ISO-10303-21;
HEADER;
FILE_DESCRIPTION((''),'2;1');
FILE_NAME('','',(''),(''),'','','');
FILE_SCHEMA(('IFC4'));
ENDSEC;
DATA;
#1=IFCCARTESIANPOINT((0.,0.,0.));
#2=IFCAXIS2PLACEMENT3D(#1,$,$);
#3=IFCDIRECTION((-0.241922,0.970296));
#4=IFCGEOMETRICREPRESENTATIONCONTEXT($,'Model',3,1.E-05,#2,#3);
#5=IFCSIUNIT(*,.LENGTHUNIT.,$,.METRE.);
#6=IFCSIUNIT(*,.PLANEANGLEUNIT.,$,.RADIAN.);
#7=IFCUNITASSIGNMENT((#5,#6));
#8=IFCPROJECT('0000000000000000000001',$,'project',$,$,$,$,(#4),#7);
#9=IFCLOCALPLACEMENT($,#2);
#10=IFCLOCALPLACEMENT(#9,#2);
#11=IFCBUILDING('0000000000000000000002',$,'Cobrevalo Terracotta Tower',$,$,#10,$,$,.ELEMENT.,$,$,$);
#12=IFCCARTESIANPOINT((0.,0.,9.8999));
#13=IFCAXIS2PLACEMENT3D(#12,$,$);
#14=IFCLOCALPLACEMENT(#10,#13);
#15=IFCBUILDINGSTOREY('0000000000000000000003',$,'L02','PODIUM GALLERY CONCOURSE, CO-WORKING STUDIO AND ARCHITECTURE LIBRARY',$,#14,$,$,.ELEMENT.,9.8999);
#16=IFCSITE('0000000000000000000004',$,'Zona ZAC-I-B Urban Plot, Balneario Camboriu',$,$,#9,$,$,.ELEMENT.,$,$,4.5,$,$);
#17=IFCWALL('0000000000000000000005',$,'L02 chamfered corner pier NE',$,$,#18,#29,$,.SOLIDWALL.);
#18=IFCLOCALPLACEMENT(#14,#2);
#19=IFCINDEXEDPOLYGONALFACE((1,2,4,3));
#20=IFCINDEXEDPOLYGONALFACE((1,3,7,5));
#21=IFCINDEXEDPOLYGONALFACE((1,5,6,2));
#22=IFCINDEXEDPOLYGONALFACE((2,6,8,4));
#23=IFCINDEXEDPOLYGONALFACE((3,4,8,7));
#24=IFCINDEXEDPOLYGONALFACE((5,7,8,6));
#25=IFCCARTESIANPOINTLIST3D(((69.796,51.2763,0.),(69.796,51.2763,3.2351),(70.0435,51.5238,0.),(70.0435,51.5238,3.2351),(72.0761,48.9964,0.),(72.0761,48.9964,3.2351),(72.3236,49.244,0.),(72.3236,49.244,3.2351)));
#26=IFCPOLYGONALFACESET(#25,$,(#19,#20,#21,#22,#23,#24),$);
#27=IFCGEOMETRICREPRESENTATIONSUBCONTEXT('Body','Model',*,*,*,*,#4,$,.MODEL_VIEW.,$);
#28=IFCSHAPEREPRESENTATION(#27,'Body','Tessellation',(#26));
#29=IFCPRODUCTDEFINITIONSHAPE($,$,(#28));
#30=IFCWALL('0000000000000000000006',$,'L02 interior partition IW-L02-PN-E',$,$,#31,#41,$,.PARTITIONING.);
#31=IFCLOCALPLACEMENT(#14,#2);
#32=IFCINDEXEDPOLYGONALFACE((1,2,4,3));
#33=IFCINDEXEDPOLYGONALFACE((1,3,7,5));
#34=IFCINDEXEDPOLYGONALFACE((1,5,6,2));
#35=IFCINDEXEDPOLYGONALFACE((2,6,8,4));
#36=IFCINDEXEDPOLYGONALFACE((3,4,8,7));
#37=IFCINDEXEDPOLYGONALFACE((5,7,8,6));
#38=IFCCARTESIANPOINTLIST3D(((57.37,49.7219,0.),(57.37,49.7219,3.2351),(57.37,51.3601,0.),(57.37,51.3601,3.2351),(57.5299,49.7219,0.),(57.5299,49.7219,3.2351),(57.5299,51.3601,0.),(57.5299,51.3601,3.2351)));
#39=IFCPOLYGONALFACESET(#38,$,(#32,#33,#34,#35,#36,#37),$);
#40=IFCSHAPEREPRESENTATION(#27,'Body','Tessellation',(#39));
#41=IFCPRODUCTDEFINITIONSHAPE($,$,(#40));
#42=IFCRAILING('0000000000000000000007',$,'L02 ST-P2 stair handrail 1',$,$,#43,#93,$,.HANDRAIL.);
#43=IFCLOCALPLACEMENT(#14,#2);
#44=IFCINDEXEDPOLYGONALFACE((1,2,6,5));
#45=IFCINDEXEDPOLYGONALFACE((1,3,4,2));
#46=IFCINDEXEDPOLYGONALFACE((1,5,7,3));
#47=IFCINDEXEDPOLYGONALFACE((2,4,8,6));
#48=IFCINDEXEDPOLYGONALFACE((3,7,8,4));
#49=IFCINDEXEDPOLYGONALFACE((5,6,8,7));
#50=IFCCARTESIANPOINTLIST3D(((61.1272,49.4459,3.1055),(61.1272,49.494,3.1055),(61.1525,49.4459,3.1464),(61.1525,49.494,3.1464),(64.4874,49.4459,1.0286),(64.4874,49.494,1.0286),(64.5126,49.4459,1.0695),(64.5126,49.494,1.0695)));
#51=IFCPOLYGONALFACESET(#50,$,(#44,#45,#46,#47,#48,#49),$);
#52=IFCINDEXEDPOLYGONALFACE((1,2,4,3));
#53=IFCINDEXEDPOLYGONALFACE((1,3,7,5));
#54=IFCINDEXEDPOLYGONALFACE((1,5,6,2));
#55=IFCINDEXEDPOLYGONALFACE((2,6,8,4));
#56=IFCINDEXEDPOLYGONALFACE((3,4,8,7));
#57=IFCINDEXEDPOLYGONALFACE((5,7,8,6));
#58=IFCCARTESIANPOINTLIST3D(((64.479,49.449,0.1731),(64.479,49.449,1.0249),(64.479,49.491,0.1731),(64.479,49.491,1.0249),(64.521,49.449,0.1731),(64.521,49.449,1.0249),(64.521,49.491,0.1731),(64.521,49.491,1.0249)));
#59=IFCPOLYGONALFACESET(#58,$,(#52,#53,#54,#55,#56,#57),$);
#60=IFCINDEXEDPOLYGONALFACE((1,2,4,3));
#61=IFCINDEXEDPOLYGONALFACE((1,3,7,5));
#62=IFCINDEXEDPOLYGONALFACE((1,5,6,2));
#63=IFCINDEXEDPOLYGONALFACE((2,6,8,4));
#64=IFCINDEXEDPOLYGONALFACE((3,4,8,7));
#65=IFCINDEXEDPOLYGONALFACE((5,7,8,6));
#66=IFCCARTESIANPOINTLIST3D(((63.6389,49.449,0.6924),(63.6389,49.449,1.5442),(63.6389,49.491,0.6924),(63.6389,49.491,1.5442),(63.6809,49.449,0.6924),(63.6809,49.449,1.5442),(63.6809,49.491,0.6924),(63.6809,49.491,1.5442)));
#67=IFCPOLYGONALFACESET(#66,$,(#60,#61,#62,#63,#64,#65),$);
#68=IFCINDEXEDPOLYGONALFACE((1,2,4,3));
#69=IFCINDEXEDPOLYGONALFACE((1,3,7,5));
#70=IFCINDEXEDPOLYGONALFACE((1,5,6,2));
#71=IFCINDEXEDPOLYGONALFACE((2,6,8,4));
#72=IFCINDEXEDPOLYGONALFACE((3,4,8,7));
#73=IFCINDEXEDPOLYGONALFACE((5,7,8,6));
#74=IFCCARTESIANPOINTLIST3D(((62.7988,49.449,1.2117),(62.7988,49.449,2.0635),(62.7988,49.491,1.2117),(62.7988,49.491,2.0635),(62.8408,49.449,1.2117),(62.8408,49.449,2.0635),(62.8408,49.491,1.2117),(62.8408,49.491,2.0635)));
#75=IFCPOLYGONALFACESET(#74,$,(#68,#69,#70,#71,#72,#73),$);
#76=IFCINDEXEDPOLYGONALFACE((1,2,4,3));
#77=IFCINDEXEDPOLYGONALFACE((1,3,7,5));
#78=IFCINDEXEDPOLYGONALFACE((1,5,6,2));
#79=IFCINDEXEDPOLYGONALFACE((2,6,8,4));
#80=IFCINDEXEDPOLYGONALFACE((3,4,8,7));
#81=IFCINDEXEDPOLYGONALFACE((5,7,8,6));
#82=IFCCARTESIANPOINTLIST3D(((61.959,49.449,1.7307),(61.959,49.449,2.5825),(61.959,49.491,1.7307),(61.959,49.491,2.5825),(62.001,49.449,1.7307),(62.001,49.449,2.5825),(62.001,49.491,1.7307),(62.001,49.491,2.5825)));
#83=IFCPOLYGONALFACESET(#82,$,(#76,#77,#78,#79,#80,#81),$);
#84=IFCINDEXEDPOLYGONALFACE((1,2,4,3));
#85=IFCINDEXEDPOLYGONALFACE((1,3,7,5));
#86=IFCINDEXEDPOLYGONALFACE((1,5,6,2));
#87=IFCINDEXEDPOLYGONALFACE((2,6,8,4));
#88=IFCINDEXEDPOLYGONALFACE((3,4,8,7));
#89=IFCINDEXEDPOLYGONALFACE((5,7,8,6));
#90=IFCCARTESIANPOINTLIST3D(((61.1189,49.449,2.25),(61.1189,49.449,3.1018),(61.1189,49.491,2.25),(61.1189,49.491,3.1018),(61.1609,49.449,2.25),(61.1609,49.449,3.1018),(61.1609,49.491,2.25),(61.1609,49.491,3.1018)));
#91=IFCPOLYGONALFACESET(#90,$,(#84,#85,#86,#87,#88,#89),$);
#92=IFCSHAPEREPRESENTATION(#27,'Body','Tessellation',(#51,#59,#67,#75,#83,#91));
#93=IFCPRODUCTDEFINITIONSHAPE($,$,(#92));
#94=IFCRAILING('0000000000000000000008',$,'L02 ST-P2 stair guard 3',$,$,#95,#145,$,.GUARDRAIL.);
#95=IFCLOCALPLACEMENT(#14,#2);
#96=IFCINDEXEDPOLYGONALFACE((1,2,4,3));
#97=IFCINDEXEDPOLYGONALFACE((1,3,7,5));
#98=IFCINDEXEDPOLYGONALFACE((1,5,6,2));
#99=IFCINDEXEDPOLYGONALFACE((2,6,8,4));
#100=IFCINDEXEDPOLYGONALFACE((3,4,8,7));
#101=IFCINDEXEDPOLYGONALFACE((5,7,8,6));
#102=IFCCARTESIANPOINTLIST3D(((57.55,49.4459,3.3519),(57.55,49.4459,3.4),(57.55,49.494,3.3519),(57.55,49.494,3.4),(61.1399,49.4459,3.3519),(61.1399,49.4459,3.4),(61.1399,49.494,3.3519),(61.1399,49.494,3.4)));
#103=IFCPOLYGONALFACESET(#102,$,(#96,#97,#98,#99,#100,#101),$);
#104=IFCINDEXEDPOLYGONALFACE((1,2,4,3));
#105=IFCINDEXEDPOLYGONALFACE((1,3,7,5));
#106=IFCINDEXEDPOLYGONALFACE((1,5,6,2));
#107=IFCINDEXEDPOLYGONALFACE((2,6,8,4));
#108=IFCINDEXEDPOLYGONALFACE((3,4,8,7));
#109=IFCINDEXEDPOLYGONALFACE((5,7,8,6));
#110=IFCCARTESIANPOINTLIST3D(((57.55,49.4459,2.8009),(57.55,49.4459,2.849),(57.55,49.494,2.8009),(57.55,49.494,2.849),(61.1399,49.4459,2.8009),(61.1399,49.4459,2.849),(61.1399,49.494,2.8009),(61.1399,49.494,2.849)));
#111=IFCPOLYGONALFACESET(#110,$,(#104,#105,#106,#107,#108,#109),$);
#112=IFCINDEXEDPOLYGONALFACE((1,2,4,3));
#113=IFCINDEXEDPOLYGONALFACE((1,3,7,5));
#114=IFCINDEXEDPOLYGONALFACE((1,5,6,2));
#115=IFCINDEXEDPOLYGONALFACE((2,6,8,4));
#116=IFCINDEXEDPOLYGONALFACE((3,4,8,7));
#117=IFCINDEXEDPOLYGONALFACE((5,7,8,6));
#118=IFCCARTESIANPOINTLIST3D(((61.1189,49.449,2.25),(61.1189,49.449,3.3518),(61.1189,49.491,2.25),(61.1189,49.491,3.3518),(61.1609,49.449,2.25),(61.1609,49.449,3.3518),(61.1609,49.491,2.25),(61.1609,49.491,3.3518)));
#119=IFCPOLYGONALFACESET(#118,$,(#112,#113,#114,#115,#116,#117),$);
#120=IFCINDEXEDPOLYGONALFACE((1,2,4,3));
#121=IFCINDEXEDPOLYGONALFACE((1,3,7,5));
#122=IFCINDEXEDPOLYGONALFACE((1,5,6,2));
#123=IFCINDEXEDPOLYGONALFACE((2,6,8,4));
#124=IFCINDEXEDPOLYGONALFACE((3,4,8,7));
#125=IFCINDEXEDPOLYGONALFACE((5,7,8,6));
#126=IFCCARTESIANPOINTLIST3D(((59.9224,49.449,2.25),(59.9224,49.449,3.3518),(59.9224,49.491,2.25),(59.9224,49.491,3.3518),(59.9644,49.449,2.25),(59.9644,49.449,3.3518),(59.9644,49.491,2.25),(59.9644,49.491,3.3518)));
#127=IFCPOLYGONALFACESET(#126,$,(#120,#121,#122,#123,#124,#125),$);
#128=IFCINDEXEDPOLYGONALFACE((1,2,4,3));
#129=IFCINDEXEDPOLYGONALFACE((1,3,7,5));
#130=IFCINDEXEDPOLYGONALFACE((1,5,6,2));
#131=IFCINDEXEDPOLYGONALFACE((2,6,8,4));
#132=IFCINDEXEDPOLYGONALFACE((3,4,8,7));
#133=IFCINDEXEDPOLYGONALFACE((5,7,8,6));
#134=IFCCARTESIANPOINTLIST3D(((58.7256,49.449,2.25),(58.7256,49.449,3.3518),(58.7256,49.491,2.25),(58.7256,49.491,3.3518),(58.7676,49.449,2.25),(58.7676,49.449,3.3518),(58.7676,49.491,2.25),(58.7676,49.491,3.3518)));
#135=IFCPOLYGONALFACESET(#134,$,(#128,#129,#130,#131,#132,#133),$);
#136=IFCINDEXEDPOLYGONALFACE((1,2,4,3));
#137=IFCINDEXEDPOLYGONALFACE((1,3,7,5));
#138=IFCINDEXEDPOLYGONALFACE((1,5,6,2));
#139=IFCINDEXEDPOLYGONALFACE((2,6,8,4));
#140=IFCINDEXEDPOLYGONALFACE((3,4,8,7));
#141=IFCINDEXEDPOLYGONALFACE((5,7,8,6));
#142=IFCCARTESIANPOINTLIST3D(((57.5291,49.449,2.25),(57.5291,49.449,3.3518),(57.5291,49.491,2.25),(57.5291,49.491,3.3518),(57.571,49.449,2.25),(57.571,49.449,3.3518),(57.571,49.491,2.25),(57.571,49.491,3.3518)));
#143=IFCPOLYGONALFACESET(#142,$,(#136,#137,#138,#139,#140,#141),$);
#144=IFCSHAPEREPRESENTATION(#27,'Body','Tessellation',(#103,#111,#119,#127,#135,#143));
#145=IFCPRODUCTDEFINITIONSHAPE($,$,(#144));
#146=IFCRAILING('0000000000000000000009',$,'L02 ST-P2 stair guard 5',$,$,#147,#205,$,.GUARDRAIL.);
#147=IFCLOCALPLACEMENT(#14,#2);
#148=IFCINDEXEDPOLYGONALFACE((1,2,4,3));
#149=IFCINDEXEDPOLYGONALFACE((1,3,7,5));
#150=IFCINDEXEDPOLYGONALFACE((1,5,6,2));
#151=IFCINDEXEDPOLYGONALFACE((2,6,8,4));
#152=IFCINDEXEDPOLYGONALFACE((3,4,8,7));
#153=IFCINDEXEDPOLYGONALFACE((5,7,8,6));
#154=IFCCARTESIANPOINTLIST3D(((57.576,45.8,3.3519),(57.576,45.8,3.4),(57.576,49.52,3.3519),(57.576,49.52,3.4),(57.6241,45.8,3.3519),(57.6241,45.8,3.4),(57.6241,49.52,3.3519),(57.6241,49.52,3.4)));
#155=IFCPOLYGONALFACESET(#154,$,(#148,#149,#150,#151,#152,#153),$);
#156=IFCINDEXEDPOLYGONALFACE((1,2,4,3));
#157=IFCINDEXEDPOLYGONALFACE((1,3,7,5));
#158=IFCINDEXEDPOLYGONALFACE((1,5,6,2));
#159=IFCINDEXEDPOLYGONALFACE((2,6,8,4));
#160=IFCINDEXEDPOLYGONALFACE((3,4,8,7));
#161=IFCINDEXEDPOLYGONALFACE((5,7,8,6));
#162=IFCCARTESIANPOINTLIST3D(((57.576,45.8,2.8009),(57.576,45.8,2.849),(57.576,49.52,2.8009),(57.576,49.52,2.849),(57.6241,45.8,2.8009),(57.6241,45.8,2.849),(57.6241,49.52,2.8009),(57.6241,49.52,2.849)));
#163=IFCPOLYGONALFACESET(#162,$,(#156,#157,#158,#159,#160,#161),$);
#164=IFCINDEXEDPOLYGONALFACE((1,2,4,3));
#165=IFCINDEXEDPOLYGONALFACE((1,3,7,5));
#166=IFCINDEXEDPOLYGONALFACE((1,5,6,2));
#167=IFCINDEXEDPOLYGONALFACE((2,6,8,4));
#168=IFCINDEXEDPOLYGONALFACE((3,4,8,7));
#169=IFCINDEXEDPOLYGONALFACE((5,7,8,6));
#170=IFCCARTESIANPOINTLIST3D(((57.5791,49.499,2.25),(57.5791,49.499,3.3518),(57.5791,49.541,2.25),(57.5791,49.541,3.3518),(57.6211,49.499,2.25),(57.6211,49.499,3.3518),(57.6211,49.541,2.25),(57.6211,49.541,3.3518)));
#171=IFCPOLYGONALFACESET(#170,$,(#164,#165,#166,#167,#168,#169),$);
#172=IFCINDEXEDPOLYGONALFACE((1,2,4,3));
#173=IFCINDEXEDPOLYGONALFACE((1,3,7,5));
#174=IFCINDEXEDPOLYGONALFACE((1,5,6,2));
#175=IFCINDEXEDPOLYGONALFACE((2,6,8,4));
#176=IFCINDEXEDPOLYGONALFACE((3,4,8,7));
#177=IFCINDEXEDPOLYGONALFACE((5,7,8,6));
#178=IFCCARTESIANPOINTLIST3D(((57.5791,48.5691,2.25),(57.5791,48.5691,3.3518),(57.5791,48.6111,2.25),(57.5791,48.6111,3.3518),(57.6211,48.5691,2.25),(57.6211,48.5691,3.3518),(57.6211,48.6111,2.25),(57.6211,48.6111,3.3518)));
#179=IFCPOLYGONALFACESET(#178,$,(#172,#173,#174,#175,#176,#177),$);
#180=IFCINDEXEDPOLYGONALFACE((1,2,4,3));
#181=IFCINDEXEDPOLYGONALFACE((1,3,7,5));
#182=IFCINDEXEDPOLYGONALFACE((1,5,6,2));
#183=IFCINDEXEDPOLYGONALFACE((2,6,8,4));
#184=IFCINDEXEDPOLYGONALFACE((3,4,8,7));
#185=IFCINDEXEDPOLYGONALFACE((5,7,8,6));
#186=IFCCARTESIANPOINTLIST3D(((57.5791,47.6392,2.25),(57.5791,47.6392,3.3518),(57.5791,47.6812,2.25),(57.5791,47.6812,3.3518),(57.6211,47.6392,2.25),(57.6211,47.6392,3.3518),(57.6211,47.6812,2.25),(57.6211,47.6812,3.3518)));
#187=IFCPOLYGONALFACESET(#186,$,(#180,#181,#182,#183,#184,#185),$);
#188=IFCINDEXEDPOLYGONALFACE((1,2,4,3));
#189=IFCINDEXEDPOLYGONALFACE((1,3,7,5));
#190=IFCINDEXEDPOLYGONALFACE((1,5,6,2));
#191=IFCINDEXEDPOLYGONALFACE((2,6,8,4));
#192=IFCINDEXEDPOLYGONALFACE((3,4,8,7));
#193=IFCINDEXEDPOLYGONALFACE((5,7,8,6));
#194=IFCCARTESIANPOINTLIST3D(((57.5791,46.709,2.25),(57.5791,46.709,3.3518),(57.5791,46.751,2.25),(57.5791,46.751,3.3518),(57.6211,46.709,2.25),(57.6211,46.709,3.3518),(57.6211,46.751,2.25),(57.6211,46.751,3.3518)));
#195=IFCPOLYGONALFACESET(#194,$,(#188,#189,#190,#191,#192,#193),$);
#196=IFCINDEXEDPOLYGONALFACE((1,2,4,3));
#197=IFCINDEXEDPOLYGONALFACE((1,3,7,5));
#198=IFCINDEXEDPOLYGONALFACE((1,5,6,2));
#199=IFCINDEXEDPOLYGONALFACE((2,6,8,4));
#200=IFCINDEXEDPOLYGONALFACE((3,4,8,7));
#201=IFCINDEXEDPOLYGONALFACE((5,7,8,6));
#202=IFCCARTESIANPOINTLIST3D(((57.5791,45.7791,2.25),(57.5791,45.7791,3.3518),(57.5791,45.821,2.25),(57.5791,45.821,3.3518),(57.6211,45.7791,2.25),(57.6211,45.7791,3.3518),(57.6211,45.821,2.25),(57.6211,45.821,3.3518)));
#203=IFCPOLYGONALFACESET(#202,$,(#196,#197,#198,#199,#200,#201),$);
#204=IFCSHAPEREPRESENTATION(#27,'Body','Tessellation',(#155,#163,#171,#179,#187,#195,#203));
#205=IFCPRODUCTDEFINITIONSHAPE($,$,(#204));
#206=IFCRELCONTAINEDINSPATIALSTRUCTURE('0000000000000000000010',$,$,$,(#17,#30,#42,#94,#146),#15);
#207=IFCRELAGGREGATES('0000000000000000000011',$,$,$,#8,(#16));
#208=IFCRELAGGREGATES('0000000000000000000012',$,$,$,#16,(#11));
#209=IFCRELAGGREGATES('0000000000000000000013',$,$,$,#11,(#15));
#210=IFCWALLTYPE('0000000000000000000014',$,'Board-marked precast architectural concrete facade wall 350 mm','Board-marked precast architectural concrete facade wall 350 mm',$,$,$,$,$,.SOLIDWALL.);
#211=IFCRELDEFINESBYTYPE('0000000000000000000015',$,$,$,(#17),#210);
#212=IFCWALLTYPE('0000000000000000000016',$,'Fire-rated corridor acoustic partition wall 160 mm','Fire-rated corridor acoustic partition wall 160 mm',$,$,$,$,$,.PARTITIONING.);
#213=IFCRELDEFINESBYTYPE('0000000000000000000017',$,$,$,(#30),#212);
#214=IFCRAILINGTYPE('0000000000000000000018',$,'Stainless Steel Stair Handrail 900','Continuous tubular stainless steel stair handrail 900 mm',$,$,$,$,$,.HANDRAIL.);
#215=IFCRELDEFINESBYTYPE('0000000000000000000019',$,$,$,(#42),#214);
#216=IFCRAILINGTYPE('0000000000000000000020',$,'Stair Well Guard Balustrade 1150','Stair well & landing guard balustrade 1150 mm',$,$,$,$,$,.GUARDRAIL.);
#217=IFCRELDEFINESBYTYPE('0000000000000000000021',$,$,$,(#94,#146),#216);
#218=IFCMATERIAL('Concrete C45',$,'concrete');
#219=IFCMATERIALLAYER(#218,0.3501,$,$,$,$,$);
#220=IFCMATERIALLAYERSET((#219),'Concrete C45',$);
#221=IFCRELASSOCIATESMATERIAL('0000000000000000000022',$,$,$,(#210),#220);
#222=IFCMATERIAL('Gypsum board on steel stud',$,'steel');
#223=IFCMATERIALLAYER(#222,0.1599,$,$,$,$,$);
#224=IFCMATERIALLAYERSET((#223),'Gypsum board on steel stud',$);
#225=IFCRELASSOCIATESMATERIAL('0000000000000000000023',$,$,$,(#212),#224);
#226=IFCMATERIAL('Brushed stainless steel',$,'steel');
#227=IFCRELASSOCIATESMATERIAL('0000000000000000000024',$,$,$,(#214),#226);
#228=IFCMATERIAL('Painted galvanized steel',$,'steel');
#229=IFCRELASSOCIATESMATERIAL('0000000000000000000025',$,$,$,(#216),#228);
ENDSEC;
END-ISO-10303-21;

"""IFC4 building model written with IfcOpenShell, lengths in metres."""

from ifc_helpers import new_model, si_unit, direction, frame, frame_2d, origin, origin_2d, place, context, subcontext, project, spatial, rectangle, extrude, material, layer, layer_set, type_object, element, save


model = new_model("IFC4")

# Units and contexts
model_context = context("Model", 3, precision=1e-05, world=origin(), true_north=direction((-0.241922, 0.970296)))
body_context = subcontext(model_context, "Body", "Model", "MODEL_VIEW")
ifc_project = project(units=[si_unit("LENGTHUNIT", "METRE"), si_unit("PLANEANGLEUNIT", "RADIAN")], contexts=[model_context])

# Site, building, storey
site_placement = place(None, origin())
site = spatial("IfcSite", under=ifc_project, at=site_placement, Name="Zona ZAC-I-B Urban Plot, Balneario Camboriu", CompositionType="ELEMENT", RefElevation=4.5)
building_placement = place(site_placement, origin())
building = spatial("IfcBuilding", under=site, at=building_placement, Name="Cobrevalo Terracotta Tower", CompositionType="ELEMENT")
storey_placement = place(building_placement, frame((0.0, 0.0, 9.8999)))
storey = spatial("IfcBuildingStorey", under=building, at=storey_placement, Name="L02", Description="PODIUM GALLERY CONCOURSE, CO-WORKING STUDIO AND ARCHITECTURE LIBRARY", CompositionType="ELEMENT", Elevation=9.8999)

# Walls
ifc_material_1 = material(Name="Concrete C45", Category="concrete")
ifc_layer_1 = layer(ifc_material_1, 0.3501)
ifc_layer_set_1 = layer_set([ifc_layer_1], Name="Concrete C45")
wall_type_1 = type_object("IfcWallType", Name="Board-marked precast architectural concrete facade wall 350 mm", Description="Board-marked precast architectural concrete facade wall 350 mm", PredefinedType="SOLIDWALL", material=ifc_layer_set_1)
wall_1_placement = place(storey_placement, frame((72.2, 49.1201, 0.0), z_axis=(0.0, 0.0, 1.0), x_axis=(-0.707145, 0.707069, 0.0)))
element("IfcWall", 1, at=wall_1_placement, inside=storey, type_object=wall_type_1, Name="L02 chamfered corner pier NE", PredefinedType="SOLIDWALL", context=body_context, shape_type="SweptSolid", body=[
    extrude(rectangle(XDim=3.2244, YDim=0.3501, at=frame_2d((1.6123, 0.0))), origin(), (0.0, 0.0, 1.0), 3.2351),
])
ifc_material_2 = material(Name="Gypsum board on steel stud", Category="steel")
ifc_layer_2 = layer(ifc_material_2, 0.1599)
ifc_layer_set_2 = layer_set([ifc_layer_2], Name="Gypsum board on steel stud")
wall_type_2 = type_object("IfcWallType", Name="Fire-rated corridor acoustic partition wall 160 mm", Description="Fire-rated corridor acoustic partition wall 160 mm", PredefinedType="PARTITIONING", material=ifc_layer_set_2)
wall_2_placement = place(storey_placement, frame((57.45, 49.7219, 0.0), z_axis=(0.0, 0.0, 1.0), x_axis=(0.0, 1.0, 0.0)))
element("IfcWall", 2, at=wall_2_placement, inside=storey, type_object=wall_type_2, Name="L02 interior partition IW-L02-PN-E", PredefinedType="PARTITIONING", context=body_context, shape_type="SweptSolid", body=[
    extrude(rectangle(XDim=1.6382, YDim=0.1599, at=frame_2d((0.8191, 0.0))), origin(), (0.0, 0.0, 1.0), 3.2351),
])

# Railings
ifc_material_3 = material(Name="Brushed stainless steel", Category="steel")
railing_type_1 = type_object("IfcRailingType", Name="Stainless Steel Stair Handrail 900", Description="Continuous tubular stainless steel stair handrail 900 mm", PredefinedType="HANDRAIL", material=ifc_material_3)
railing_1_placement = place(storey_placement, frame((64.5, 49.47, 0.1731)))
element("IfcRailing", 3, at=railing_1_placement, inside=storey, type_object=railing_type_1, Name="L02 ST-P2 stair handrail 1", PredefinedType="HANDRAIL", context=body_context, shape_type="SweptSolid", body=[
    extrude(rectangle(XDim=0.0481, YDim=0.0481, at=origin_2d()), frame((0.0, 0.0, 0.876), z_axis=(-0.850623, 0.0, 0.525776), x_axis=(0.0, -1.0, 0.0)), (0.0, 0.0, 1.0), 3.9502),
    extrude(rectangle(XDim=0.042, YDim=0.042, at=origin_2d()), origin(), (0.0, 0.0, 1.0), 0.8518),
    extrude(rectangle(XDim=0.042, YDim=0.042, at=origin_2d()), frame((-0.8401, 0.0, 0.5193)), (0.0, 0.0, 1.0), 0.8518),
    extrude(rectangle(XDim=0.042, YDim=0.042, at=origin_2d()), frame((-1.6802, 0.0, 1.0386)), (0.0, 0.0, 1.0), 0.8518),
    extrude(rectangle(XDim=0.042, YDim=0.042, at=origin_2d()), frame((-2.52, 0.0, 1.5576)), (0.0, 0.0, 1.0), 0.8518),
    extrude(rectangle(XDim=0.042, YDim=0.042, at=origin_2d()), frame((-3.3601, 0.0, 2.0769)), (0.0, 0.0, 1.0), 0.8518),
])
ifc_material_4 = material(Name="Painted galvanized steel", Category="steel")
railing_type_2 = type_object("IfcRailingType", Name="Stair Well Guard Balustrade 1150", Description="Stair well & landing guard balustrade 1150 mm", PredefinedType="GUARDRAIL", material=ifc_material_4)
railing_2_placement = place(storey_placement, frame((61.1399, 49.47, 2.25)))
element("IfcRailing", 4, at=railing_2_placement, inside=storey, type_object=railing_type_2, Name="L02 ST-P2 stair guard 3", PredefinedType="GUARDRAIL", context=body_context, shape_type="SweptSolid", body=[
    extrude(rectangle(XDim=0.0481, YDim=0.0481, at=origin_2d()), frame((0.0, 0.0, 1.126), z_axis=(-1.0, 0.0, 0.0), x_axis=(0.0, -1.0, 0.0)), (0.0, 0.0, 1.0), 3.5898),
    extrude(rectangle(XDim=0.0481, YDim=0.0481, at=origin_2d()), frame((0.0, 0.0, 0.575), z_axis=(-1.0, 0.0, 0.0), x_axis=(0.0, -1.0, 0.0)), (0.0, 0.0, 1.0), 3.5898),
    extrude(rectangle(XDim=0.042, YDim=0.042, at=origin_2d()), origin(), (0.0, 0.0, 1.0), 1.1018),
    extrude(rectangle(XDim=0.042, YDim=0.042, at=origin_2d()), frame((-1.1965, 0.0, 0.0)), (0.0, 0.0, 1.0), 1.1018),
    extrude(rectangle(XDim=0.042, YDim=0.042, at=origin_2d()), frame((-2.3933, 0.0, 0.0)), (0.0, 0.0, 1.0), 1.1018),
    extrude(rectangle(XDim=0.042, YDim=0.042, at=origin_2d()), frame((-3.5898, 0.0, 0.0)), (0.0, 0.0, 1.0), 1.1018),
])
railing_3_placement = place(storey_placement, frame((57.6001, 49.52, 2.25)))
element("IfcRailing", 5, at=railing_3_placement, inside=storey, type_object=railing_type_2, Name="L02 ST-P2 stair guard 5", PredefinedType="GUARDRAIL", context=body_context, shape_type="SweptSolid", body=[
    extrude(rectangle(XDim=0.0481, YDim=0.0481, at=origin_2d()), frame((0.0, 0.0, 1.126), z_axis=(0.0, -1.0, 0.0), x_axis=(1.0, 0.0, 0.0)), (0.0, 0.0, 1.0), 3.72),
    extrude(rectangle(XDim=0.0481, YDim=0.0481, at=origin_2d()), frame((0.0, 0.0, 0.575), z_axis=(0.0, -1.0, 0.0), x_axis=(1.0, 0.0, 0.0)), (0.0, 0.0, 1.0), 3.72),
    extrude(rectangle(XDim=0.042, YDim=0.042, at=origin_2d()), origin(), (0.0, 0.0, 1.0), 1.1018),
    extrude(rectangle(XDim=0.042, YDim=0.042, at=origin_2d()), frame((0.0, -0.9299, 0.0)), (0.0, 0.0, 1.0), 1.1018),
    extrude(rectangle(XDim=0.042, YDim=0.042, at=origin_2d()), frame((0.0, -1.8599, 0.0)), (0.0, 0.0, 1.0), 1.1018),
    extrude(rectangle(XDim=0.042, YDim=0.042, at=origin_2d()), frame((0.0, -2.79, 0.0)), (0.0, 0.0, 1.0), 1.1018),
    extrude(rectangle(XDim=0.042, YDim=0.042, at=origin_2d()), frame((0.0, -3.72, 0.0)), (0.0, 0.0, 1.0), 1.1018),
])

save(model, "model.ifc")
